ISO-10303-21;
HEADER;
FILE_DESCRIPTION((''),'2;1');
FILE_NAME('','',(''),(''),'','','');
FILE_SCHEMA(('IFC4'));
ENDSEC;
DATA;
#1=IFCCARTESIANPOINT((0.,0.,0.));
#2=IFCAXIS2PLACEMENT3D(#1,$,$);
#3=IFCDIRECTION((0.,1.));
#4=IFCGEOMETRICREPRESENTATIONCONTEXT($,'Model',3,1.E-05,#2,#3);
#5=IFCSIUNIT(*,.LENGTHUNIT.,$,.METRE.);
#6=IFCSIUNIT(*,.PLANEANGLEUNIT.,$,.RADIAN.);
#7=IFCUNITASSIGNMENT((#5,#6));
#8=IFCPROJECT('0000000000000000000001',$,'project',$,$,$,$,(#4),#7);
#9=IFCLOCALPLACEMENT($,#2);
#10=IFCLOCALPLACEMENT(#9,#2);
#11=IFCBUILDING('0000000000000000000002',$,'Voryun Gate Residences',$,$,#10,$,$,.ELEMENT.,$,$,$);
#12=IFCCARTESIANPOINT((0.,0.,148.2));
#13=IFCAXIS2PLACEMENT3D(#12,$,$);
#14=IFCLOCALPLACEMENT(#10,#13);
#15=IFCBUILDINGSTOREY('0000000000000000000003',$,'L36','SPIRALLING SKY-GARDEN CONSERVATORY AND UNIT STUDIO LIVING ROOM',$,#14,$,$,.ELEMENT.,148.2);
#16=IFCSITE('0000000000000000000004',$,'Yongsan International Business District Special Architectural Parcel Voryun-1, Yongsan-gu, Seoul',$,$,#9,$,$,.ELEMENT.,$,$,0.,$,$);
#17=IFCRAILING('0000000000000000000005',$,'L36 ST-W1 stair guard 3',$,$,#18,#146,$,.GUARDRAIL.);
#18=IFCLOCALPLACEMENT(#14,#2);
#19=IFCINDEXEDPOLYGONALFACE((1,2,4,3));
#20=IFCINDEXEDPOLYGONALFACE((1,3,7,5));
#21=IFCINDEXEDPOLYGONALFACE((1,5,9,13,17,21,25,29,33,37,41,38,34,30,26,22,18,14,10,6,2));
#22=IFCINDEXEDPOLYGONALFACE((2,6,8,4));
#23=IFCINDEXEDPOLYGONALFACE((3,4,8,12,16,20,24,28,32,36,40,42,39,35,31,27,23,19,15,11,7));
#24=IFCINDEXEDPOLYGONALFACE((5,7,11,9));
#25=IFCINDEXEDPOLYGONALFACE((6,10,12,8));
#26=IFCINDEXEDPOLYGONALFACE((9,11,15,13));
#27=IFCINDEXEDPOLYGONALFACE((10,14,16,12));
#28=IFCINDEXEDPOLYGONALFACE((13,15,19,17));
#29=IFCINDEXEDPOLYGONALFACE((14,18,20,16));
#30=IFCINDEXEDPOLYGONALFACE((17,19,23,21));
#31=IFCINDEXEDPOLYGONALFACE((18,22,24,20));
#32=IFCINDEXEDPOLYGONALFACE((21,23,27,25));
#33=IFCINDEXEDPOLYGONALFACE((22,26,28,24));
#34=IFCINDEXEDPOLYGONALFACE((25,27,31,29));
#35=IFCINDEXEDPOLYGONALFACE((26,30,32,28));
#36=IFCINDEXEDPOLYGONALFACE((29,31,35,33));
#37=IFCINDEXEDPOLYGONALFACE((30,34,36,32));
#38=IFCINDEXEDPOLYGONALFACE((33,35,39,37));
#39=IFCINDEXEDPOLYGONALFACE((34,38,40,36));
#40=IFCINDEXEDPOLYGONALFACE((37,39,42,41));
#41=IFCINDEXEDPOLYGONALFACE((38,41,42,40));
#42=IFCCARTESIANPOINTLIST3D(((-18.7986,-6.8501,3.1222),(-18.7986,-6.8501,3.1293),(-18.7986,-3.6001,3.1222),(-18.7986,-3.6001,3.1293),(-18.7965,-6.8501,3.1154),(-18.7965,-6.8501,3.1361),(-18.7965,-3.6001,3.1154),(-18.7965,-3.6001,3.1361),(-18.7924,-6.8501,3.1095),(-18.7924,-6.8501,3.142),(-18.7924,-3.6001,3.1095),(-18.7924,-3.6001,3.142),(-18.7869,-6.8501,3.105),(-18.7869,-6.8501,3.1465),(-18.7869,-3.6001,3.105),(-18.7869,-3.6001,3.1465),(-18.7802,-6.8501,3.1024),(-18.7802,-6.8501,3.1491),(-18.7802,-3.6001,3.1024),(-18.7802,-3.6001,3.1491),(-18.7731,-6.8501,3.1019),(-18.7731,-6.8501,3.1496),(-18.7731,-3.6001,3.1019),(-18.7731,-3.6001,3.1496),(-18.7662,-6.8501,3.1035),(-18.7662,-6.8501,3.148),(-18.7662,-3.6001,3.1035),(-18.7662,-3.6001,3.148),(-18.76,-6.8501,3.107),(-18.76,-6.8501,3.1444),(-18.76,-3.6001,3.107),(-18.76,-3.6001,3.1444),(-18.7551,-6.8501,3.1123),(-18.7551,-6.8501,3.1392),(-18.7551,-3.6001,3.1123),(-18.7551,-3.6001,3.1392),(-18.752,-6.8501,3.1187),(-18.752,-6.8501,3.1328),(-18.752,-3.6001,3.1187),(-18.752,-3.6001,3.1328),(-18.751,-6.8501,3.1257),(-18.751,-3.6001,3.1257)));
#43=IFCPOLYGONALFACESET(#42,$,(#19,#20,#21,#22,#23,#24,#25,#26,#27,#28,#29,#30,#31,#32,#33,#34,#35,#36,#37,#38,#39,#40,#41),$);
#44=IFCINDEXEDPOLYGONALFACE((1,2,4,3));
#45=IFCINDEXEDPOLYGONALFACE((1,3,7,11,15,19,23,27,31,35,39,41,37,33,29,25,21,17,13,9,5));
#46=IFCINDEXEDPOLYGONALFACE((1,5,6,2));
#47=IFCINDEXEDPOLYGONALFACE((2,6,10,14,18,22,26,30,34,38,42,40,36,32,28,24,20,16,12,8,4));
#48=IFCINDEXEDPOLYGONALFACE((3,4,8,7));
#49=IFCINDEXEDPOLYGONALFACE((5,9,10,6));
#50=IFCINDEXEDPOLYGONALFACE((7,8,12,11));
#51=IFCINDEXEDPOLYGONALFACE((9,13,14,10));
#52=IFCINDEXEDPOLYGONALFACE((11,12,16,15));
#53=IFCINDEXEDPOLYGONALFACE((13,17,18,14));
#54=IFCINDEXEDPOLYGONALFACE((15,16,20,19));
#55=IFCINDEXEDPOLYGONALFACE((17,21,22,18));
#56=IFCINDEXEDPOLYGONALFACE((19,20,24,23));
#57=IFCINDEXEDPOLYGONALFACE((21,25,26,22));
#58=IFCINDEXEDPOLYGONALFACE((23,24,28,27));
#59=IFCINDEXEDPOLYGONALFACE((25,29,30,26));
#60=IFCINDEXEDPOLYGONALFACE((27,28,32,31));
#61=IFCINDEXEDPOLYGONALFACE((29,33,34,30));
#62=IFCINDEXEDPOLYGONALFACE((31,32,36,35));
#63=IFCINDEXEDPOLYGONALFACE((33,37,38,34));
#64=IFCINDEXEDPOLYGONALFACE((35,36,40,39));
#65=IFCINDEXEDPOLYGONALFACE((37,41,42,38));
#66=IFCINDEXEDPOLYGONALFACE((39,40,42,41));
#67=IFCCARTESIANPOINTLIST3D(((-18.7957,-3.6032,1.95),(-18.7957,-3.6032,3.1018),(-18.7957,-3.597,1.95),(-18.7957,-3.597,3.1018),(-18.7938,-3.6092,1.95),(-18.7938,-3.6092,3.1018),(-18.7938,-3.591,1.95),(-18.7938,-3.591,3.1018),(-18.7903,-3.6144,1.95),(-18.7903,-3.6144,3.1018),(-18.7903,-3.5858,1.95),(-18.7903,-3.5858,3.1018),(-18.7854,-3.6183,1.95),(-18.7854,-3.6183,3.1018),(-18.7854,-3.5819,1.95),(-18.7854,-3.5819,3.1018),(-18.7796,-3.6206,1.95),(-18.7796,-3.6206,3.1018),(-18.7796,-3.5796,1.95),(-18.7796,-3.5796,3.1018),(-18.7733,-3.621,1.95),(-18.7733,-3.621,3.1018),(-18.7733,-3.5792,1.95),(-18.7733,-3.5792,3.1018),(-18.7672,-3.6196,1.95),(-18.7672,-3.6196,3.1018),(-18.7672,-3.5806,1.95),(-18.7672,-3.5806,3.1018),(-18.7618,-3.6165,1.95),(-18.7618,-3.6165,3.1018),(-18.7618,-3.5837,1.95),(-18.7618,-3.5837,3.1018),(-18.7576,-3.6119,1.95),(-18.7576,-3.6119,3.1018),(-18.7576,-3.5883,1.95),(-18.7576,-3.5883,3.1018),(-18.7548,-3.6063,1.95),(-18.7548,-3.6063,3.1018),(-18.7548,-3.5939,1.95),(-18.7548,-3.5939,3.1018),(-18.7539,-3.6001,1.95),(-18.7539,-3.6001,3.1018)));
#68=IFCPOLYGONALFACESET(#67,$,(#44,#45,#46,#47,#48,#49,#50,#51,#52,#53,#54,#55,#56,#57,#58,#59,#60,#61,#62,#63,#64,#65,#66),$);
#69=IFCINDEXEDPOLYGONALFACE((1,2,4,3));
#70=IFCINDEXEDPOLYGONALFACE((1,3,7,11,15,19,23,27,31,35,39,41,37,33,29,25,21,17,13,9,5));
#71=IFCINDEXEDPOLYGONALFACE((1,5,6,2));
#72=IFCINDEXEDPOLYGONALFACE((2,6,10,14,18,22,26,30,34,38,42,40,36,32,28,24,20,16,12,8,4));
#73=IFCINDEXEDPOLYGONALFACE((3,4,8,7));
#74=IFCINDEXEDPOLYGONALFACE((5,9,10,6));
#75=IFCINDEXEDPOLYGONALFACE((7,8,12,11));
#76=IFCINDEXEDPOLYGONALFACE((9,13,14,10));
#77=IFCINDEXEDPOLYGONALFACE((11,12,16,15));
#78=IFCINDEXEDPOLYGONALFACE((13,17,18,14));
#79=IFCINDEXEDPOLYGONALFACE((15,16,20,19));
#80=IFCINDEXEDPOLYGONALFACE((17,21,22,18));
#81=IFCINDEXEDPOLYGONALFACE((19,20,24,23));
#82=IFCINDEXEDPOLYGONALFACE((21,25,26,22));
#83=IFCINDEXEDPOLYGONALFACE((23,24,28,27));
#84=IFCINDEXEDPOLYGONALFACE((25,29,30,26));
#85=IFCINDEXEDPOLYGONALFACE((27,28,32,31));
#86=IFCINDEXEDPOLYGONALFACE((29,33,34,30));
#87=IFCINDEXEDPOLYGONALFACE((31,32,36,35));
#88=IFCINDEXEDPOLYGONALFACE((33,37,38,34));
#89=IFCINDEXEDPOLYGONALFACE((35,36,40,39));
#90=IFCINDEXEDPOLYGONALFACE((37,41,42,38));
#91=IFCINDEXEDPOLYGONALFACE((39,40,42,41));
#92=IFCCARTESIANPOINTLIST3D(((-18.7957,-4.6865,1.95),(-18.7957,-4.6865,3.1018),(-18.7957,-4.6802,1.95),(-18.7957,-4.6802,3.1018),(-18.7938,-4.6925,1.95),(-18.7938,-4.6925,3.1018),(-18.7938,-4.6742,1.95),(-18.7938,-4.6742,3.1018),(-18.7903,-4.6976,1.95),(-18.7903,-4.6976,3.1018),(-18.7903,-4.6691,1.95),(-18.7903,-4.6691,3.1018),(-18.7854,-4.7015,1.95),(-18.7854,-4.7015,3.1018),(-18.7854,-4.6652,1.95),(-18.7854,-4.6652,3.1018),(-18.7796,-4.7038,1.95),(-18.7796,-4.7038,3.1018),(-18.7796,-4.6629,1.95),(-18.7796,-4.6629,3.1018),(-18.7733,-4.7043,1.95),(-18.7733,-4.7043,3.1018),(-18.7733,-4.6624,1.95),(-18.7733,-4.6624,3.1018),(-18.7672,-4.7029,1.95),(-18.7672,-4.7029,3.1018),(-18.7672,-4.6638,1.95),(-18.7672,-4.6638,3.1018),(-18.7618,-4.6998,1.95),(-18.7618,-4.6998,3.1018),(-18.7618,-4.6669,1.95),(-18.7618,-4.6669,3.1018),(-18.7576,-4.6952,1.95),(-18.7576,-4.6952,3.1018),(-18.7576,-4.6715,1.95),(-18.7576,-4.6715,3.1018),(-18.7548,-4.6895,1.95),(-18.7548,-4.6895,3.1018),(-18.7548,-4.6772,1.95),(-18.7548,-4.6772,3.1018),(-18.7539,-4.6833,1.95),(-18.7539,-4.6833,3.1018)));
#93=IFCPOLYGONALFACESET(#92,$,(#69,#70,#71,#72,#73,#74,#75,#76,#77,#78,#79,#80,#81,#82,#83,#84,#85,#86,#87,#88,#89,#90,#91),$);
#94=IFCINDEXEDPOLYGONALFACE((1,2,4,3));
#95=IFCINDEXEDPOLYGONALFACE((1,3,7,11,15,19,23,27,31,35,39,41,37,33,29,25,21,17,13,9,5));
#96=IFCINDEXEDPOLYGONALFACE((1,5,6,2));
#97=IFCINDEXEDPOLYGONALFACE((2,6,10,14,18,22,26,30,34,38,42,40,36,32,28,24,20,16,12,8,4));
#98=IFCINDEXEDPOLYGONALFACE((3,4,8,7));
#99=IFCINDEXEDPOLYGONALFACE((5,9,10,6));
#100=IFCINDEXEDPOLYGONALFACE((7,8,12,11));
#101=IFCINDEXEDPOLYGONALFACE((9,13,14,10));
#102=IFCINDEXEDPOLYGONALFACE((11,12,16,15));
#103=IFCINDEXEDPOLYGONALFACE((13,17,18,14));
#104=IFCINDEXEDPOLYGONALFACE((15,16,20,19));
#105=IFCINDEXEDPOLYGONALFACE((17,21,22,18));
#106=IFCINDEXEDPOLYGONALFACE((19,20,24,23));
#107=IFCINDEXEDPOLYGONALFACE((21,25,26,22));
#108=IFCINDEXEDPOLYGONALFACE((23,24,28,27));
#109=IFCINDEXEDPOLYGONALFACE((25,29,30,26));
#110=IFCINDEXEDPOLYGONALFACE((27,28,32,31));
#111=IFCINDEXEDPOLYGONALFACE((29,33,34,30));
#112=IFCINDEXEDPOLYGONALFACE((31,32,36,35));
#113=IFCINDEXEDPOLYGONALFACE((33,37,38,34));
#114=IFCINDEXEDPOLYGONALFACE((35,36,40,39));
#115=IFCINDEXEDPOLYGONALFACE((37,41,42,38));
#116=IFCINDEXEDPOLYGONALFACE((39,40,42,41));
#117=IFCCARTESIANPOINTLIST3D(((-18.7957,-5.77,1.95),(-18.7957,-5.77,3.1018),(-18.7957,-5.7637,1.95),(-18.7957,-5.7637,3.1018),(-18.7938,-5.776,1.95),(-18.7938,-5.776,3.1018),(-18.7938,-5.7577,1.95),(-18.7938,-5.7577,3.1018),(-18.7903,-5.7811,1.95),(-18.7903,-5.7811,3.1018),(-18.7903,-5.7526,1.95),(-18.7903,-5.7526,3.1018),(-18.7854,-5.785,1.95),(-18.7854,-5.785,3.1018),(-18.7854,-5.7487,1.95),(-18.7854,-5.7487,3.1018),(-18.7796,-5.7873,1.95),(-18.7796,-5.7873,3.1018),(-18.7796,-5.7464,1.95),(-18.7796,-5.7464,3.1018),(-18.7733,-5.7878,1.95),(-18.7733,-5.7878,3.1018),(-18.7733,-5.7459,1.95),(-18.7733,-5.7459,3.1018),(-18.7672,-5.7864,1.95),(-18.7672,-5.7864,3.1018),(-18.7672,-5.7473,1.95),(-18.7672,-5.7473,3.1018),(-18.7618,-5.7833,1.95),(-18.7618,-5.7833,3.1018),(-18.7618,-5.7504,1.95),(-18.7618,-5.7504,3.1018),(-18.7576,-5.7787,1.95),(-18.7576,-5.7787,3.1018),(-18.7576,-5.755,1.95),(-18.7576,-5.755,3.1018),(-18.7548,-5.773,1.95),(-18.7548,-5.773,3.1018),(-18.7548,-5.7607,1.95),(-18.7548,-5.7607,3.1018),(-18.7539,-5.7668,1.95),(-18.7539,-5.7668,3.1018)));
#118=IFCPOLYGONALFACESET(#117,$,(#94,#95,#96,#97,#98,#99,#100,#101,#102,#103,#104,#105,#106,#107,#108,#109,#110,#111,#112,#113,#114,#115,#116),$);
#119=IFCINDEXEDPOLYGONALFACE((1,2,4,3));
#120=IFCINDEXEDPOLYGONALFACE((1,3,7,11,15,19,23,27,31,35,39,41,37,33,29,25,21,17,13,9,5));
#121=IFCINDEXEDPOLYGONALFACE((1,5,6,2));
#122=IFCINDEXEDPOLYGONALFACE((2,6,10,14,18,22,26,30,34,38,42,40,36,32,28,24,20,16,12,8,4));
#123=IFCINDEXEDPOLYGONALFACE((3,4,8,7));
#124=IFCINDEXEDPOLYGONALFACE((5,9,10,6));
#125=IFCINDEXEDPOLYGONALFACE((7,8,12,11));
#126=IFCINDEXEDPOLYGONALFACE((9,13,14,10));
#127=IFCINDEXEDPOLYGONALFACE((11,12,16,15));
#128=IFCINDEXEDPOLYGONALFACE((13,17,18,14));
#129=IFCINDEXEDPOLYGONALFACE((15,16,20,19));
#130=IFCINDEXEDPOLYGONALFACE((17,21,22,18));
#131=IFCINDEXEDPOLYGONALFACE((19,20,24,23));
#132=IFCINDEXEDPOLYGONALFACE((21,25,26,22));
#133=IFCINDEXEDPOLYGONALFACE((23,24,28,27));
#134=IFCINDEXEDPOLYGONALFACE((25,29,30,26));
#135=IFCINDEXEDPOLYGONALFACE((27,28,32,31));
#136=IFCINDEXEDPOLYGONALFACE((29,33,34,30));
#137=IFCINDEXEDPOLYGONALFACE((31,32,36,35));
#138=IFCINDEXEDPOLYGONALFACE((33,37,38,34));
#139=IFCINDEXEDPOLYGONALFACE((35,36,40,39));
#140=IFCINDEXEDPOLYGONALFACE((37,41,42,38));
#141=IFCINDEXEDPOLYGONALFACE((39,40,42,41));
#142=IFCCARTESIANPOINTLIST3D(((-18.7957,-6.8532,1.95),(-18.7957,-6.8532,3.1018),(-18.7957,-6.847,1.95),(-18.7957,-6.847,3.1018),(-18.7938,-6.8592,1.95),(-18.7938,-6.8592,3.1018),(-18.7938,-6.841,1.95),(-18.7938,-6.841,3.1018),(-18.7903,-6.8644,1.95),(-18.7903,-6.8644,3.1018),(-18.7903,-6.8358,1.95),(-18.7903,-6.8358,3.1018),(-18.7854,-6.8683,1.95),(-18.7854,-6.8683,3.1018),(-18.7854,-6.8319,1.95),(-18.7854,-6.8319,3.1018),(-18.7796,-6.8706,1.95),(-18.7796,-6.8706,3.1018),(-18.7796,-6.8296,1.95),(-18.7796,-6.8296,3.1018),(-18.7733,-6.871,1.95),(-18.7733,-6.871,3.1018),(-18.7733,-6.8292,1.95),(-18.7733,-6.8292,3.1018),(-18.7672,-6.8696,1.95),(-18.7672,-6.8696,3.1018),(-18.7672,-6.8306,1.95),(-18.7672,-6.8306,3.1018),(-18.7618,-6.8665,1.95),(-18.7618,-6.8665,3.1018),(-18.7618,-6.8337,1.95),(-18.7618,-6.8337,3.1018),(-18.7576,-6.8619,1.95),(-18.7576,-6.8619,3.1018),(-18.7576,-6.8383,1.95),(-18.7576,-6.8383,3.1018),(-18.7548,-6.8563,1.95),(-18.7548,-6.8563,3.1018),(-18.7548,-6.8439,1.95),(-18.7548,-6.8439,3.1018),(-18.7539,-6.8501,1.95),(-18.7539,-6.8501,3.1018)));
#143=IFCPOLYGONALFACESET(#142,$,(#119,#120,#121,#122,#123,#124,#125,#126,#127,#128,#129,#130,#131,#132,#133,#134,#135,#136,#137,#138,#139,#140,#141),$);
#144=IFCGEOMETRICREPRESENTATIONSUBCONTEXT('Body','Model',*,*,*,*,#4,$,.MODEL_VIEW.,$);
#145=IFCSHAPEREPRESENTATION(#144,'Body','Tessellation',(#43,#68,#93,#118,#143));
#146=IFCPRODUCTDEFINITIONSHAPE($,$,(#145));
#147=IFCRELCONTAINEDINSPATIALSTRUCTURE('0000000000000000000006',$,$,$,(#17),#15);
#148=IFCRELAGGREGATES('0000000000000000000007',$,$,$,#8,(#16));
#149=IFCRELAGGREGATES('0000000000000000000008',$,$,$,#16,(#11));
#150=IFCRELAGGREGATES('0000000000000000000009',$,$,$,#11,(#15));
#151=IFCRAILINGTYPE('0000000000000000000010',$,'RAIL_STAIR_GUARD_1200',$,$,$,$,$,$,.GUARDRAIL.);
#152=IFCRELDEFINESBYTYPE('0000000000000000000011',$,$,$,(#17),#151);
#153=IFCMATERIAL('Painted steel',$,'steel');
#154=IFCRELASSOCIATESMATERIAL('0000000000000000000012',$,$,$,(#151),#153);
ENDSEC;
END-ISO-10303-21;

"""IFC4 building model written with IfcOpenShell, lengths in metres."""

from ifc_helpers import new_model, si_unit, direction, frame, origin, origin_2d, place, context, subcontext, project, spatial, circle, extrude, material, type_object, element, save


model = new_model("IFC4")

# Units and contexts
model_context = context("Model", 3, precision=1e-05, world=origin(), true_north=direction((0.0, 1.0)))
body_context = subcontext(model_context, "Body", "Model", "MODEL_VIEW")
ifc_project = project(units=[si_unit("LENGTHUNIT", "METRE"), si_unit("PLANEANGLEUNIT", "RADIAN")], contexts=[model_context])

# Site, building, storey
site_placement = place(None, origin())
site = spatial("IfcSite", under=ifc_project, at=site_placement, Name="Yongsan International Business District Special Architectural Parcel Voryun-1, Yongsan-gu, Seoul", CompositionType="ELEMENT", RefElevation=0.0)
building_placement = place(site_placement, origin())
building = spatial("IfcBuilding", under=site, at=building_placement, Name="Voryun Gate Residences", CompositionType="ELEMENT")
storey_placement = place(building_placement, frame((0.0, 0.0, 148.2)))
storey = spatial("IfcBuildingStorey", under=building, at=storey_placement, Name="L36", Description="SPIRALLING SKY-GARDEN CONSERVATORY AND UNIT STUDIO LIVING ROOM", CompositionType="ELEMENT", Elevation=148.2)

# Railing
ifc_material_1 = material(Name="Painted steel", Category="steel")
railing_type_1 = type_object("IfcRailingType", Name="RAIL_STAIR_GUARD_1200", PredefinedType="GUARDRAIL", material=ifc_material_1)
for number, where, name in (
    (1, (-18.7749, -3.6001, 1.95), "L36 ST-W1 stair guard 3"),
):
    element("IfcRailing", number, at=place(storey_placement, frame(where)), inside=storey, type_object=railing_type_1, Name=name, PredefinedType="GUARDRAIL", context=body_context, shape_type="SweptSolid", body=[
        extrude(circle(Radius=0.0239, at=origin_2d()), frame((0.0, 0.0, 1.1758), z_axis=(0.0, -1.0, 0.0), x_axis=(1.0, 0.0, 0.0)), (0.0, 0.0, 1.0), 3.25),
        extrude(circle(Radius=0.021, at=origin_2d()), origin(), (0.0, 0.0, 1.0), 1.1519),
        extrude(circle(Radius=0.021, at=origin_2d()), frame((0.0, -1.0833, 0.0)), (0.0, 0.0, 1.0), 1.1519),
        extrude(circle(Radius=0.021, at=origin_2d()), frame((0.0, -2.1667, 0.0)), (0.0, 0.0, 1.0), 1.1519),
        extrude(circle(Radius=0.021, at=origin_2d()), frame((0.0, -3.25, 0.0)), (0.0, 0.0, 1.0), 1.1519),
    ])

save(model, "model.ifc")
